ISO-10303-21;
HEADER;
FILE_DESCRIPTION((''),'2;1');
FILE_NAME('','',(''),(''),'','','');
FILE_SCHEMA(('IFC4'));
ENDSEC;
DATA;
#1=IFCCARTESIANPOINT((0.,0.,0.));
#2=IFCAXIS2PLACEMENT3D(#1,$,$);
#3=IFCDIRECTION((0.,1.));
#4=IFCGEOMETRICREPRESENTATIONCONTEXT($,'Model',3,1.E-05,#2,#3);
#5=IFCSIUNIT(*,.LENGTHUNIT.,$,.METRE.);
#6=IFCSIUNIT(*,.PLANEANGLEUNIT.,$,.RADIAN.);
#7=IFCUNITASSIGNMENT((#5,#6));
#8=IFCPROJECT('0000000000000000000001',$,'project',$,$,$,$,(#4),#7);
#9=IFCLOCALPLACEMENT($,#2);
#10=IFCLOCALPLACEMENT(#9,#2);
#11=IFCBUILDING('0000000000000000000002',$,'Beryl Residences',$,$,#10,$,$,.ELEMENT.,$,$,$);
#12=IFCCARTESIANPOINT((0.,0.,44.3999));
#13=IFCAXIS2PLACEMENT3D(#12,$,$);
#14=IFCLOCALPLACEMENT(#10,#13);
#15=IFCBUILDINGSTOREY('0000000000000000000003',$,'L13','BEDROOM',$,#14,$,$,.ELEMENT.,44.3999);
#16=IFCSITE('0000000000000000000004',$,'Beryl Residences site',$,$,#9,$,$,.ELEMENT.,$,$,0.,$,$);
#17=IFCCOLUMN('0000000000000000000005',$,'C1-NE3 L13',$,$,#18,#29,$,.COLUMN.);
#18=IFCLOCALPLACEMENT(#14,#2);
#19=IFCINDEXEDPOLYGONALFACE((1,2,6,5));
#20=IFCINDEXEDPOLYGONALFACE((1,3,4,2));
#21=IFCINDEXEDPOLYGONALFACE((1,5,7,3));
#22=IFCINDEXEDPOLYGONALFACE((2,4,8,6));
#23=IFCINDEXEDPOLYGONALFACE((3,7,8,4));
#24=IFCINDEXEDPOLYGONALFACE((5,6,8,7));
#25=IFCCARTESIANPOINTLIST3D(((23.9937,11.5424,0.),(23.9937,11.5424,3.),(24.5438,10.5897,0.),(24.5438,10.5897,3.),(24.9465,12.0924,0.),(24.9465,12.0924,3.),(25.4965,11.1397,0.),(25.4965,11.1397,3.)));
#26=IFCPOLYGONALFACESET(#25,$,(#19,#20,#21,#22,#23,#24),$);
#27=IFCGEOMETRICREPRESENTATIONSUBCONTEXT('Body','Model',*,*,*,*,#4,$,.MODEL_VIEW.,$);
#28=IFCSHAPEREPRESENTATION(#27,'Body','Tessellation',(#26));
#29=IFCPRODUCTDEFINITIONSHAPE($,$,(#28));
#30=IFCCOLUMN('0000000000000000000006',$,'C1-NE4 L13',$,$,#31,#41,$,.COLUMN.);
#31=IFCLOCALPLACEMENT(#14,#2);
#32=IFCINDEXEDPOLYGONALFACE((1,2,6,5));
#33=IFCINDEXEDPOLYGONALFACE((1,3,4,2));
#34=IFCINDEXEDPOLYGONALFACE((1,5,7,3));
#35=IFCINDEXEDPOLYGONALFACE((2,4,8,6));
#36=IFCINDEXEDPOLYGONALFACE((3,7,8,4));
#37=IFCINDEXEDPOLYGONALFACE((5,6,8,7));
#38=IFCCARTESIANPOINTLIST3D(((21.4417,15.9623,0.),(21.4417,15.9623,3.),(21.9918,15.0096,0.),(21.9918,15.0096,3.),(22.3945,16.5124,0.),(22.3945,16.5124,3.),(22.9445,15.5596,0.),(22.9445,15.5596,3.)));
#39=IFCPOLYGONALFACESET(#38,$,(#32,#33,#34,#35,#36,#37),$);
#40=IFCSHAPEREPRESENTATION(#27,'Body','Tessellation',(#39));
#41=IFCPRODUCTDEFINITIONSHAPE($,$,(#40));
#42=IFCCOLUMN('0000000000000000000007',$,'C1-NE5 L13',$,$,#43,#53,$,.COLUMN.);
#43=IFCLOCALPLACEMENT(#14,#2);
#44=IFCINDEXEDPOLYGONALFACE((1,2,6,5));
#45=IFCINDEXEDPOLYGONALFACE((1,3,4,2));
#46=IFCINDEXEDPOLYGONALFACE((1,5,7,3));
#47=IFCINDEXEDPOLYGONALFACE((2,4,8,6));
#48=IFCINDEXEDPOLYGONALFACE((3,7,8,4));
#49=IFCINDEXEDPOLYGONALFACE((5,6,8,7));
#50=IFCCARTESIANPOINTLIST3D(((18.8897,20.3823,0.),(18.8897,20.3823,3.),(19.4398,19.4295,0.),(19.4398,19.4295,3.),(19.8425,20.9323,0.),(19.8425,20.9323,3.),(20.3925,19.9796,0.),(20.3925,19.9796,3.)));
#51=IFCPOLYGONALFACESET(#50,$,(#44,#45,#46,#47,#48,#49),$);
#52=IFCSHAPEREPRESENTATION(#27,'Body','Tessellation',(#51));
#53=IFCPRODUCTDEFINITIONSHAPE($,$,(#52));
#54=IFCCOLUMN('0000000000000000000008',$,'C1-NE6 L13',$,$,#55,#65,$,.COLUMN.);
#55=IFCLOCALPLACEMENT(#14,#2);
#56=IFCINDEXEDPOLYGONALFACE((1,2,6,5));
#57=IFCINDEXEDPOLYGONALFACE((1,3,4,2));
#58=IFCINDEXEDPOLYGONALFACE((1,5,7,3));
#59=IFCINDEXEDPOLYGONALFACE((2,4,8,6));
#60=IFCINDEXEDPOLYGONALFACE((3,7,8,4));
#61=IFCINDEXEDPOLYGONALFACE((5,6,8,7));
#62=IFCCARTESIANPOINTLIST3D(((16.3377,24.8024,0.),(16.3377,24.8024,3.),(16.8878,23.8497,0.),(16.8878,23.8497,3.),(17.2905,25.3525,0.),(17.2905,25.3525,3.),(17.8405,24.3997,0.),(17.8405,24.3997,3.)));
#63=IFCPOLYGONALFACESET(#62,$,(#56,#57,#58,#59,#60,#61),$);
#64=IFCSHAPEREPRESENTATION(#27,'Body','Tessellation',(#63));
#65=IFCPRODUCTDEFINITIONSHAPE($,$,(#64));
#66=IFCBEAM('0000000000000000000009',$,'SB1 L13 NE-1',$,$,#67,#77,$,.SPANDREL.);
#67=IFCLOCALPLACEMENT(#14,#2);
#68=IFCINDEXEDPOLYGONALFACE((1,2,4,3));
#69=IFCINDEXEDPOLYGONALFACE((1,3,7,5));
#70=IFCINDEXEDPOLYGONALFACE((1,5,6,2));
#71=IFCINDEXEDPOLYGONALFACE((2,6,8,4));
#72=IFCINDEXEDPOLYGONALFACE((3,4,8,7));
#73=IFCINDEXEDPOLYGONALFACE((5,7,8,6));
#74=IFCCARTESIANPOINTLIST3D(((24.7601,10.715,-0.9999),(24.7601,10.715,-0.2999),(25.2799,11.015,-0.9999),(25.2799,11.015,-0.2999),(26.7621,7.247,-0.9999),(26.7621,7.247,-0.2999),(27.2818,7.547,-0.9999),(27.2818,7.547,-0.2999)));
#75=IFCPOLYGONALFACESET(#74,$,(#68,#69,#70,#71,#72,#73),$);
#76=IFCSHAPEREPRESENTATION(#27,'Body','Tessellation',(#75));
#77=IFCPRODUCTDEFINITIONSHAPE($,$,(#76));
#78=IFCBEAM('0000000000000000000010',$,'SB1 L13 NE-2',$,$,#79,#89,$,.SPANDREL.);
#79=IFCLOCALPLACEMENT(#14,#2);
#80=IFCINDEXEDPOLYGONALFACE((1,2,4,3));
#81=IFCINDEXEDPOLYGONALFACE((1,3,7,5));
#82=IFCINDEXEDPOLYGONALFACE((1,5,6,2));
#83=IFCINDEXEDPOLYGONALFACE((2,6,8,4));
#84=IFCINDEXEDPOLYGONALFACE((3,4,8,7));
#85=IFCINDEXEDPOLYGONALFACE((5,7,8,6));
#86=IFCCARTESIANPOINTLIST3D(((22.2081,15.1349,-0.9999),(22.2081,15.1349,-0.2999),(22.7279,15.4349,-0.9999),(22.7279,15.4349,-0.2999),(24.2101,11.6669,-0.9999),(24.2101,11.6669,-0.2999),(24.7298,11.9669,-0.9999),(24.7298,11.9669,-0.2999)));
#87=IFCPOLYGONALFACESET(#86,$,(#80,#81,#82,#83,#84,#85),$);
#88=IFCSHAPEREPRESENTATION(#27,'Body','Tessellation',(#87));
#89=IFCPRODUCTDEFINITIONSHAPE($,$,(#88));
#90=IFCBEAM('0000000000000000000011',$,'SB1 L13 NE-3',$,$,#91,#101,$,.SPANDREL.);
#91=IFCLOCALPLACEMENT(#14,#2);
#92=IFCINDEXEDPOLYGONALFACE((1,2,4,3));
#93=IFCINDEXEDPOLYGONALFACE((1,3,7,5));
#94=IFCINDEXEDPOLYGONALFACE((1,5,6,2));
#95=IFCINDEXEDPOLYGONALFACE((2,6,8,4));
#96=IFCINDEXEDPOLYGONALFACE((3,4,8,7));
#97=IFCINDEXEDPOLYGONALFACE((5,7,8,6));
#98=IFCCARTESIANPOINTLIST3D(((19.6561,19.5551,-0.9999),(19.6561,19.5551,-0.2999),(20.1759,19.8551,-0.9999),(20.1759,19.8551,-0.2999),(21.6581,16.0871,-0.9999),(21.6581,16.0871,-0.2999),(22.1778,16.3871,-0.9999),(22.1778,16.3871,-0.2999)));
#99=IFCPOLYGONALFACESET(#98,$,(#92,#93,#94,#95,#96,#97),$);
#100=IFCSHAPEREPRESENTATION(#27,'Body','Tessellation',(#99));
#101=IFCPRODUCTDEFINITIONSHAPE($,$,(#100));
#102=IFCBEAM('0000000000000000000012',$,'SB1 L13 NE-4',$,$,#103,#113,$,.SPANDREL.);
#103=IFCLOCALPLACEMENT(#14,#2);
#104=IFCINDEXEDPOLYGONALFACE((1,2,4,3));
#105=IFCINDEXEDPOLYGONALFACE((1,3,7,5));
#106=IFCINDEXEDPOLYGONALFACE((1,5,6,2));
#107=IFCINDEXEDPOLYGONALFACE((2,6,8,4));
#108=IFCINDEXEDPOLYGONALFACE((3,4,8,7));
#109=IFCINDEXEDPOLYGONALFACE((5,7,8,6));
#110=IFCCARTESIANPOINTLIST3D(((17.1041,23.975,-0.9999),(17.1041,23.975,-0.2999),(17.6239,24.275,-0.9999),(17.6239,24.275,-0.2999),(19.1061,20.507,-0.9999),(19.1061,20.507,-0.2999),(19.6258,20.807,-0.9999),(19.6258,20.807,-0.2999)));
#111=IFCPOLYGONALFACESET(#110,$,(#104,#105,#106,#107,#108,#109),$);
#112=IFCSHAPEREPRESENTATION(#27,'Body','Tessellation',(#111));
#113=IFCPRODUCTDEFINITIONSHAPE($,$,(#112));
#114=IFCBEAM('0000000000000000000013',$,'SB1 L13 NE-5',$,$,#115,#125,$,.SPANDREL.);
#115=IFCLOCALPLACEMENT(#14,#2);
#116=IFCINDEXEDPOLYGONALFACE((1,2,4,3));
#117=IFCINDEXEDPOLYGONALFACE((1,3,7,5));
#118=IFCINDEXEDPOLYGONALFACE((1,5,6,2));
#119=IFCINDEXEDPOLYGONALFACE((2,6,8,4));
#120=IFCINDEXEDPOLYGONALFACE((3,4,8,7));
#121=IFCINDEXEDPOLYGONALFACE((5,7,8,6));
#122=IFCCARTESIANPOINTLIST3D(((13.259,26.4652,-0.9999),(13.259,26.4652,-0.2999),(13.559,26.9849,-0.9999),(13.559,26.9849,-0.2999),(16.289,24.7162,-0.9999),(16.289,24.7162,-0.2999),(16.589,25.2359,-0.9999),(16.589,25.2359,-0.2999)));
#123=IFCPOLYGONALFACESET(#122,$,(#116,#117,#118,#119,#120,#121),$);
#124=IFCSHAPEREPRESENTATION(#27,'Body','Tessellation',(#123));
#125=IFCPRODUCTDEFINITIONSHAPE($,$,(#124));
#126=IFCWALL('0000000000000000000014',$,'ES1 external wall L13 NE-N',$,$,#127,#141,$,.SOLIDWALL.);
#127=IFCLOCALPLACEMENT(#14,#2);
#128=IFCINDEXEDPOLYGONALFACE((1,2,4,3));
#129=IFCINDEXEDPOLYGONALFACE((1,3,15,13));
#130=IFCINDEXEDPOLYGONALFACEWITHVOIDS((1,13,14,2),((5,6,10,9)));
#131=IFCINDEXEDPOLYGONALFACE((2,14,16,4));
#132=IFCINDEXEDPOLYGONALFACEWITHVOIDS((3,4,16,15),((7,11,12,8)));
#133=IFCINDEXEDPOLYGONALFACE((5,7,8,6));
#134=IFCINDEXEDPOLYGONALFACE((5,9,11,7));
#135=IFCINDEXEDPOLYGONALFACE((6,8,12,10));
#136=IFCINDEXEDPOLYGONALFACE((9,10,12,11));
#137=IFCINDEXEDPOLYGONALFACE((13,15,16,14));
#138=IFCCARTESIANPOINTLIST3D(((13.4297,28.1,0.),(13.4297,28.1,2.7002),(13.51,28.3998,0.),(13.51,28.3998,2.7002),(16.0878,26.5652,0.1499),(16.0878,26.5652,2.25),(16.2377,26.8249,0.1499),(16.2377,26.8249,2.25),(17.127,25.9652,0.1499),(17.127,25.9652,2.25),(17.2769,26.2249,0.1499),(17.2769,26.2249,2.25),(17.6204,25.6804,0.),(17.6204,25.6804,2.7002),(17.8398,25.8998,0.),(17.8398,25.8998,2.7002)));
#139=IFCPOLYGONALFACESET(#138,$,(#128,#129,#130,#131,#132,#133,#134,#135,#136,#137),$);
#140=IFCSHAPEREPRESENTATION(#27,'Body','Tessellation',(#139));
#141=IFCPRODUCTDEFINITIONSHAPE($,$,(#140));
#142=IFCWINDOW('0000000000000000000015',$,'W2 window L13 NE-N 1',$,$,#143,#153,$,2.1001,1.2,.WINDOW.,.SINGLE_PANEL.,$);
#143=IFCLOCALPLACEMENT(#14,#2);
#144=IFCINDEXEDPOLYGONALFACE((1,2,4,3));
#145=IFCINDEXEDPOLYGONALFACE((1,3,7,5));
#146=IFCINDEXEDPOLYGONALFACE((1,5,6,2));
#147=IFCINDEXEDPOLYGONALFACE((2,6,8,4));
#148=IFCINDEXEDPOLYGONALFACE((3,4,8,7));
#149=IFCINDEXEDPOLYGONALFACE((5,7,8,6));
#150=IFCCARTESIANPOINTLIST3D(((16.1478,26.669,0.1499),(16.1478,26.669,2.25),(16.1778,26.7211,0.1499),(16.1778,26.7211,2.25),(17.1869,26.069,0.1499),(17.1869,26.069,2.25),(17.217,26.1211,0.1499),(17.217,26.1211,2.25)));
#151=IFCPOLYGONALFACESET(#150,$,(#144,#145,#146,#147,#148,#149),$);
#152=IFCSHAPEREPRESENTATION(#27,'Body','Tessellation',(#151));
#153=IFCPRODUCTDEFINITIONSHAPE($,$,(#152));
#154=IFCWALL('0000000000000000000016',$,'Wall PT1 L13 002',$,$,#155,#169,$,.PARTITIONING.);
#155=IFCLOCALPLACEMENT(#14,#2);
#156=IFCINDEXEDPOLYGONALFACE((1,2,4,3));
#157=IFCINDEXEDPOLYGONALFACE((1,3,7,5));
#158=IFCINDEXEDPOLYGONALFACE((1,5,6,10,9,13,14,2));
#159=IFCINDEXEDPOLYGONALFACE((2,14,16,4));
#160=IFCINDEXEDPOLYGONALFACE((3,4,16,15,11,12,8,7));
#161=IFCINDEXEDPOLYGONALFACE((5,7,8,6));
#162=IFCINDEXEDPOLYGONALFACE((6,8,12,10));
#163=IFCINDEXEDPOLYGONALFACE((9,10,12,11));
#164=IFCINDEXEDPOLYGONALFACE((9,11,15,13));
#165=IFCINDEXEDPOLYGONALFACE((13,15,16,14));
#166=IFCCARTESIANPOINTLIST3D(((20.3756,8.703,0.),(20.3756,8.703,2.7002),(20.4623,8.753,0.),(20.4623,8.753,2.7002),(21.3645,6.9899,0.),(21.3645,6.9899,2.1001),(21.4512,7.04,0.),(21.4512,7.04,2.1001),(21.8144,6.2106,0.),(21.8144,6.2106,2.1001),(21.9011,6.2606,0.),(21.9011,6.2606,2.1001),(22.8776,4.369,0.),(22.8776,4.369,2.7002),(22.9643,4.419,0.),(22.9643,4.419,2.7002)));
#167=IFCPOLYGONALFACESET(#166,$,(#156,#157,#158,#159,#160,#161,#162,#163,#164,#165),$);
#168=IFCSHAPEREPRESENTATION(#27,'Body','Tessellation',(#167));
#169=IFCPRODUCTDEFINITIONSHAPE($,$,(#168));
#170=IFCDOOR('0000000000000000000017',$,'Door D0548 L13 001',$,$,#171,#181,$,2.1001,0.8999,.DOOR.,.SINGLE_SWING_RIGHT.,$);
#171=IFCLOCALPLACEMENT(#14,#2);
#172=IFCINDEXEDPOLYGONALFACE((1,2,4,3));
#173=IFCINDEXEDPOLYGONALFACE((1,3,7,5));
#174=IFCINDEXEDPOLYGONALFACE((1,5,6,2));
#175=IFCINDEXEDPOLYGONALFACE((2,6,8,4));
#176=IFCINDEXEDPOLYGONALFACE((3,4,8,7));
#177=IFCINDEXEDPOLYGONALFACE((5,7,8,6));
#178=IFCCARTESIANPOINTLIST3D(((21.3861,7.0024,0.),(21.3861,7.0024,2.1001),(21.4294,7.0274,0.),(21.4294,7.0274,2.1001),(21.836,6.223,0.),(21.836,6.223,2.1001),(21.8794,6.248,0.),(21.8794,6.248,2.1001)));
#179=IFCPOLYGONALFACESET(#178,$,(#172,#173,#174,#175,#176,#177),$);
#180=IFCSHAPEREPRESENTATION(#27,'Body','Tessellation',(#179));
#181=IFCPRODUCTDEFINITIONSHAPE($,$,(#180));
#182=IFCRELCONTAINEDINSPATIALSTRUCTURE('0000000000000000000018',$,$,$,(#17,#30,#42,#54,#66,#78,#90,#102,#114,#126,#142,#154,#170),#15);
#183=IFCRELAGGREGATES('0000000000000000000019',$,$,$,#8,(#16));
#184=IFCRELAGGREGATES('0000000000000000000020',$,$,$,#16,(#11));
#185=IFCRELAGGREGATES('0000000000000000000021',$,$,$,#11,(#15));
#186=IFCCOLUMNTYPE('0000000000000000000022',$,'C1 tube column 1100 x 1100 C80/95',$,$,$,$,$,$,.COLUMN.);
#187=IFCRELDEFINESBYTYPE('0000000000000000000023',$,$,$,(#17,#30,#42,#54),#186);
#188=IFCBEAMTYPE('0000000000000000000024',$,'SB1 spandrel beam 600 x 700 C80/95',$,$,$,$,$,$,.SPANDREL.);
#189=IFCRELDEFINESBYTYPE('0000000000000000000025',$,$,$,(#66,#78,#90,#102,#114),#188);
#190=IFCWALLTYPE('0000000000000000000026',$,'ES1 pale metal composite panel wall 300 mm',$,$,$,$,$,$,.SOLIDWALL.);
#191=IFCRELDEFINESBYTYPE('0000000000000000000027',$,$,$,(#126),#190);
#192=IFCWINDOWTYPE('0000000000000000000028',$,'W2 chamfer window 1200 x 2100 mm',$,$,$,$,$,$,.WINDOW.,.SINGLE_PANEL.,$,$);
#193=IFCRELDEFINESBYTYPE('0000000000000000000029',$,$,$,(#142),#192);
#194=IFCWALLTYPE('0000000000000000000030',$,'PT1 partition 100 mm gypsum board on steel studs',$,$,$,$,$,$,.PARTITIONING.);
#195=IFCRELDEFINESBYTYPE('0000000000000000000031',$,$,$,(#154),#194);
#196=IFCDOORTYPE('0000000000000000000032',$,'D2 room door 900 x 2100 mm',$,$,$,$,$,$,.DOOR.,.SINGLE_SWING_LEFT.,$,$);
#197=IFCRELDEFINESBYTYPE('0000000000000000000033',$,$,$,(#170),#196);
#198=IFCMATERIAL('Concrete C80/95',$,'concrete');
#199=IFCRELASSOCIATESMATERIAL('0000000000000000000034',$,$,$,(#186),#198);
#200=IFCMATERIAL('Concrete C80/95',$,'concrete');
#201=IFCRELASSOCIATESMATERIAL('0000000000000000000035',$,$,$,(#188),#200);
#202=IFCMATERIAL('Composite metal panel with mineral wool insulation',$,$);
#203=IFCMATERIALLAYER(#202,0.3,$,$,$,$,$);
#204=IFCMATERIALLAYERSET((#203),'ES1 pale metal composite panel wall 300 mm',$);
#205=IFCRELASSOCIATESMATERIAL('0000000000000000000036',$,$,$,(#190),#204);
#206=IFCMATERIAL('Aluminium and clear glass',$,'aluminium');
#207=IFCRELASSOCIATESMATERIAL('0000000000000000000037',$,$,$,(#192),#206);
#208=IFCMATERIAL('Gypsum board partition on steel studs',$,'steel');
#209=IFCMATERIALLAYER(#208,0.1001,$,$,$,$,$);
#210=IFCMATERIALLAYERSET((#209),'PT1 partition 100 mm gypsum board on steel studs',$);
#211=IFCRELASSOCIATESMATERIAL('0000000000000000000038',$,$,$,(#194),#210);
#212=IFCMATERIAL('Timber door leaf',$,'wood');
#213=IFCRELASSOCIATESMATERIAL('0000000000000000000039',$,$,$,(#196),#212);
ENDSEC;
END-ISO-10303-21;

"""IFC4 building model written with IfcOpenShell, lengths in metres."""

from ifc_helpers import new_model, si_unit, direction, frame, frame_2d, origin, origin_2d, place, context, subcontext, project, spatial, polyline, rectangle, outline, extrude, material, layer, layer_set, material_profile, profile_set, type_object, element, fill, save


model = new_model("IFC4")

# Units and contexts
model_context = context("Model", 3, precision=1e-05, world=origin(), true_north=direction((0.0, 1.0)))
body_context = subcontext(model_context, "Body", "Model", "MODEL_VIEW")
ifc_project = project(units=[si_unit("LENGTHUNIT", "METRE"), si_unit("PLANEANGLEUNIT", "RADIAN")], contexts=[model_context])

# Site, building, storey
site_placement = place(None, origin())
site = spatial("IfcSite", under=ifc_project, at=site_placement, Name="Beryl Residences site", CompositionType="ELEMENT", RefElevation=0.0)
building_placement = place(site_placement, origin())
building = spatial("IfcBuilding", under=site, at=building_placement, Name="Beryl Residences", CompositionType="ELEMENT")
storey_placement = place(building_placement, frame((0.0, 0.0, 44.3999)))
storey = spatial("IfcBuildingStorey", under=building, at=storey_placement, Name="L13", Description="BEDROOM", CompositionType="ELEMENT", Elevation=44.3999)

# Columns
ifc_material_1 = material(Name="Concrete C80/95", Category="concrete")
ifc_material_profile_1 = material_profile(ifc_material_1, rectangle(XDim=1.1001, YDim=1.1001, at=origin_2d()))
ifc_profile_set_1 = profile_set([ifc_material_profile_1], Name="Concrete C80/95")
column_type = type_object("IfcColumnType", Name="C1 tube column 1100 x 1100 C80/95", PredefinedType="COLUMN", material=ifc_profile_set_1)
for number, where, z_axis, x_axis, name in (
    (1, (24.7451, 11.3411, 0.0), (0.0, 0.0, 1.0), (-0.499985, 0.866034, 0.0), "C1-NE3 L13"),
    (2, (22.1931, 15.761, 0.0), (0.0, 0.0, 1.0), (-0.499985, 0.866034, 0.0), "C1-NE4 L13"),
    (3, (19.6411, 20.1809, 0.0), (0.0, 0.0, 1.0), (-0.499985, 0.866034, 0.0), "C1-NE5 L13"),
    (4, (17.0891, 24.6011, 0.0), (0.0, 0.0, 1.0), (-0.499985, 0.866034, 0.0), "C1-NE6 L13"),
):
    element("IfcColumn", number, at=place(storey_placement, frame(where, z_axis=z_axis, x_axis=x_axis)), inside=storey, type_object=column_type, Name=name, PredefinedType="COLUMN", context=body_context, shape_type="SweptSolid", body=[
        extrude(rectangle(XDim=1.1001, YDim=1.1001, at=origin_2d()), origin(), (0.0, 0.0, 1.0), 3.0),
    ])

# Beams
ifc_material_2 = material(Name="Concrete C80/95", Category="concrete")
ifc_material_profile_2 = material_profile(ifc_material_2, rectangle(XDim=0.6001, YDim=0.7, at=origin_2d()))
ifc_profile_set_2 = profile_set([ifc_material_profile_2], Name="Concrete C80/95")
beam_type = type_object("IfcBeamType", Name="SB1 spandrel beam 600 x 700 C80/95", PredefinedType="SPANDREL", material=ifc_profile_set_2)
for number, where, z_axis, x_axis, name in (
    (5, (27.022, 7.397, -0.6499), (-0.499942, 0.866059, 0.0), (-0.866059, -0.499942, 0.0), "SB1 L13 NE-1"),
    (6, (24.47, 11.8169, -0.6499), (-0.499942, 0.866059, 0.0), (-0.866059, -0.499942, 0.0), "SB1 L13 NE-2"),
    (7, (21.918, 16.2371, -0.6499), (-0.499942, 0.866059, 0.0), (-0.866059, -0.499942, 0.0), "SB1 L13 NE-3"),
    (8, (19.366, 20.657, -0.6499), (-0.499942, 0.866059, 0.0), (-0.866059, -0.499942, 0.0), "SB1 L13 NE-4"),
):
    element("IfcBeam", number, at=place(storey_placement, frame(where, z_axis=z_axis, x_axis=x_axis)), inside=storey, type_object=beam_type, Name=name, PredefinedType="SPANDREL", context=body_context, shape_type="SweptSolid", body=[
        extrude(rectangle(XDim=0.6001, YDim=0.7, at=origin_2d()), origin(), (0.0, 0.0, 1.0), 4.0044),
    ])
beam_placement = place(storey_placement, frame((16.439, 24.9761, -0.6499), z_axis=(-0.866071, 0.499922, 0.0), x_axis=(-0.499922, -0.866071, 0.0)))
element("IfcBeam", 9, at=beam_placement, inside=storey, type_object=beam_type, Name="SB1 L13 NE-5", PredefinedType="SPANDREL", context=body_context, shape_type="SweptSolid", body=[
    extrude(rectangle(XDim=0.6001, YDim=0.7, at=origin_2d()), origin(), (0.0, 0.0, 1.0), 3.4985),
])

# Wall, opening, window
ifc_material_3 = material(Name="Composite metal panel with mineral wool insulation")
ifc_layer_1 = layer(ifc_material_3, 0.3)
ifc_layer_set_1 = layer_set([ifc_layer_1], Name="ES1 pale metal composite panel wall 300 mm")
wall_type_1 = type_object("IfcWallType", Name="ES1 pale metal composite panel wall 300 mm", PredefinedType="SOLIDWALL", material=ifc_layer_set_1)
wall_1_placement = place(storey_placement, frame((17.7649, 25.77, 0.0), z_axis=(0.0, 0.0, 1.0), x_axis=(-0.866011, 0.500025, 0.0)))
wall_1 = element("IfcWall", 10, at=wall_1_placement, inside=storey, type_object=wall_type_1, Name="ES1 external wall L13 NE-N", PredefinedType="SOLIDWALL", context=body_context, shape_type="SweptSolid", body=[
    extrude(outline(polyline([(0.0, -0.1499), (4.9998, -0.1499), (4.9194, 0.1499), (0.0803, 0.1499), (0.0, -0.1499)])), origin(), (0.0, 0.0, 1.0), 2.7002),
])
opening_1_placement = place(wall_1_placement, frame((0.6499, 0.0, 0.1499)))
opening_1 = element("IfcOpeningElement", 11, at=opening_1_placement, cuts=wall_1, PredefinedType="OPENING", context=body_context, shape_type="SweptSolid", body=[
    extrude(rectangle(XDim=1.2, YDim=2.1001, at=frame_2d((0.6001, 1.05))), frame((0.0, 0.1599, 0.0), z_axis=(0.0, -1.0, 0.0), x_axis=(1.0, 0.0, 0.0)), (0.0, 0.0, 1.0), 0.3201),
])
ifc_material_4 = material(Name="Aluminium and clear glass", Category="aluminium")
window_type = type_object("IfcWindowType", Name="W2 chamfer window 1200 x 2100 mm", PartitioningType="SINGLE_PANEL", PredefinedType="WINDOW", material=ifc_material_4)
window_placement = place(opening_1_placement, origin())
window = element("IfcWindow", 12, at=window_placement, inside=storey, type_object=window_type, Name="W2 window L13 NE-N 1", OverallHeight=2.1001, OverallWidth=1.2, PartitioningType="SINGLE_PANEL", PredefinedType="WINDOW", context=body_context, shape_type="SweptSolid", body=[
    extrude(rectangle(XDim=1.2, YDim=2.1001, at=frame_2d((0.6001, 1.05))), frame((0.0, 0.03, 0.0), z_axis=(0.0, -1.0, 0.0), x_axis=(1.0, 0.0, 0.0)), (0.0, 0.0, 1.0), 0.0601),
])
fill(opening_1, window)

# Wall, opening, door
ifc_material_5 = material(Name="Gypsum board partition on steel studs", Category="steel")
ifc_layer_2 = layer(ifc_material_5, 0.1001)
ifc_layer_set_2 = layer_set([ifc_layer_2], Name="PT1 partition 100 mm gypsum board on steel studs")
wall_type_2 = type_object("IfcWallType", Name="PT1 partition 100 mm gypsum board on steel studs", PredefinedType="PARTITIONING", material=ifc_layer_set_2)
wall_2_placement = place(storey_placement, frame((20.4189, 8.728, 0.0), z_axis=(0.0, 0.0, 1.0), x_axis=(0.499959, -0.866049, 0.0)))
wall_2 = element("IfcWall", 13, at=wall_2_placement, inside=storey, type_object=wall_type_2, Name="Wall PT1 L13 002", PredefinedType="PARTITIONING", context=body_context, shape_type="SweptSolid", body=[
    extrude(rectangle(XDim=5.0044, YDim=0.1001, at=frame_2d((2.5022, 0.0))), origin(), (0.0, 0.0, 1.0), 2.7002),
])
opening_2_placement = place(wall_2_placement, frame((1.978, 0.0, 0.0)))
opening_2 = element("IfcOpeningElement", 14, at=opening_2_placement, cuts=wall_2, PredefinedType="OPENING", context=body_context, shape_type="SweptSolid", body=[
    extrude(rectangle(XDim=0.8999, YDim=2.1001, at=frame_2d((0.45, 1.05))), frame((0.0, 0.0601, 0.0), z_axis=(0.0, -1.0, 0.0), x_axis=(1.0, 0.0, 0.0)), (0.0, 0.0, 1.0), 0.1201),
])
ifc_material_6 = material(Name="Timber door leaf", Category="wood")
door_type = type_object("IfcDoorType", Name="D2 room door 900 x 2100 mm", OperationType="SINGLE_SWING_LEFT", PredefinedType="DOOR", material=ifc_material_6)
door_1_placement = place(opening_2_placement, origin())
door_1 = element("IfcDoor", 15, at=door_1_placement, inside=storey, type_object=door_type, Name="Door D0548 L13 001", OperationType="SINGLE_SWING_RIGHT", OverallHeight=2.1001, OverallWidth=0.8999, PredefinedType="DOOR", context=body_context, shape_type="SweptSolid", body=[
    extrude(rectangle(XDim=0.8999, YDim=2.1001, at=frame_2d((0.45, 1.05))), frame((0.0, 0.0249, 0.0), z_axis=(0.0, -1.0, 0.0), x_axis=(1.0, 0.0, 0.0)), (0.0, 0.0, 1.0), 0.05),
])
fill(opening_2, door_1)

save(model, "model.ifc")
